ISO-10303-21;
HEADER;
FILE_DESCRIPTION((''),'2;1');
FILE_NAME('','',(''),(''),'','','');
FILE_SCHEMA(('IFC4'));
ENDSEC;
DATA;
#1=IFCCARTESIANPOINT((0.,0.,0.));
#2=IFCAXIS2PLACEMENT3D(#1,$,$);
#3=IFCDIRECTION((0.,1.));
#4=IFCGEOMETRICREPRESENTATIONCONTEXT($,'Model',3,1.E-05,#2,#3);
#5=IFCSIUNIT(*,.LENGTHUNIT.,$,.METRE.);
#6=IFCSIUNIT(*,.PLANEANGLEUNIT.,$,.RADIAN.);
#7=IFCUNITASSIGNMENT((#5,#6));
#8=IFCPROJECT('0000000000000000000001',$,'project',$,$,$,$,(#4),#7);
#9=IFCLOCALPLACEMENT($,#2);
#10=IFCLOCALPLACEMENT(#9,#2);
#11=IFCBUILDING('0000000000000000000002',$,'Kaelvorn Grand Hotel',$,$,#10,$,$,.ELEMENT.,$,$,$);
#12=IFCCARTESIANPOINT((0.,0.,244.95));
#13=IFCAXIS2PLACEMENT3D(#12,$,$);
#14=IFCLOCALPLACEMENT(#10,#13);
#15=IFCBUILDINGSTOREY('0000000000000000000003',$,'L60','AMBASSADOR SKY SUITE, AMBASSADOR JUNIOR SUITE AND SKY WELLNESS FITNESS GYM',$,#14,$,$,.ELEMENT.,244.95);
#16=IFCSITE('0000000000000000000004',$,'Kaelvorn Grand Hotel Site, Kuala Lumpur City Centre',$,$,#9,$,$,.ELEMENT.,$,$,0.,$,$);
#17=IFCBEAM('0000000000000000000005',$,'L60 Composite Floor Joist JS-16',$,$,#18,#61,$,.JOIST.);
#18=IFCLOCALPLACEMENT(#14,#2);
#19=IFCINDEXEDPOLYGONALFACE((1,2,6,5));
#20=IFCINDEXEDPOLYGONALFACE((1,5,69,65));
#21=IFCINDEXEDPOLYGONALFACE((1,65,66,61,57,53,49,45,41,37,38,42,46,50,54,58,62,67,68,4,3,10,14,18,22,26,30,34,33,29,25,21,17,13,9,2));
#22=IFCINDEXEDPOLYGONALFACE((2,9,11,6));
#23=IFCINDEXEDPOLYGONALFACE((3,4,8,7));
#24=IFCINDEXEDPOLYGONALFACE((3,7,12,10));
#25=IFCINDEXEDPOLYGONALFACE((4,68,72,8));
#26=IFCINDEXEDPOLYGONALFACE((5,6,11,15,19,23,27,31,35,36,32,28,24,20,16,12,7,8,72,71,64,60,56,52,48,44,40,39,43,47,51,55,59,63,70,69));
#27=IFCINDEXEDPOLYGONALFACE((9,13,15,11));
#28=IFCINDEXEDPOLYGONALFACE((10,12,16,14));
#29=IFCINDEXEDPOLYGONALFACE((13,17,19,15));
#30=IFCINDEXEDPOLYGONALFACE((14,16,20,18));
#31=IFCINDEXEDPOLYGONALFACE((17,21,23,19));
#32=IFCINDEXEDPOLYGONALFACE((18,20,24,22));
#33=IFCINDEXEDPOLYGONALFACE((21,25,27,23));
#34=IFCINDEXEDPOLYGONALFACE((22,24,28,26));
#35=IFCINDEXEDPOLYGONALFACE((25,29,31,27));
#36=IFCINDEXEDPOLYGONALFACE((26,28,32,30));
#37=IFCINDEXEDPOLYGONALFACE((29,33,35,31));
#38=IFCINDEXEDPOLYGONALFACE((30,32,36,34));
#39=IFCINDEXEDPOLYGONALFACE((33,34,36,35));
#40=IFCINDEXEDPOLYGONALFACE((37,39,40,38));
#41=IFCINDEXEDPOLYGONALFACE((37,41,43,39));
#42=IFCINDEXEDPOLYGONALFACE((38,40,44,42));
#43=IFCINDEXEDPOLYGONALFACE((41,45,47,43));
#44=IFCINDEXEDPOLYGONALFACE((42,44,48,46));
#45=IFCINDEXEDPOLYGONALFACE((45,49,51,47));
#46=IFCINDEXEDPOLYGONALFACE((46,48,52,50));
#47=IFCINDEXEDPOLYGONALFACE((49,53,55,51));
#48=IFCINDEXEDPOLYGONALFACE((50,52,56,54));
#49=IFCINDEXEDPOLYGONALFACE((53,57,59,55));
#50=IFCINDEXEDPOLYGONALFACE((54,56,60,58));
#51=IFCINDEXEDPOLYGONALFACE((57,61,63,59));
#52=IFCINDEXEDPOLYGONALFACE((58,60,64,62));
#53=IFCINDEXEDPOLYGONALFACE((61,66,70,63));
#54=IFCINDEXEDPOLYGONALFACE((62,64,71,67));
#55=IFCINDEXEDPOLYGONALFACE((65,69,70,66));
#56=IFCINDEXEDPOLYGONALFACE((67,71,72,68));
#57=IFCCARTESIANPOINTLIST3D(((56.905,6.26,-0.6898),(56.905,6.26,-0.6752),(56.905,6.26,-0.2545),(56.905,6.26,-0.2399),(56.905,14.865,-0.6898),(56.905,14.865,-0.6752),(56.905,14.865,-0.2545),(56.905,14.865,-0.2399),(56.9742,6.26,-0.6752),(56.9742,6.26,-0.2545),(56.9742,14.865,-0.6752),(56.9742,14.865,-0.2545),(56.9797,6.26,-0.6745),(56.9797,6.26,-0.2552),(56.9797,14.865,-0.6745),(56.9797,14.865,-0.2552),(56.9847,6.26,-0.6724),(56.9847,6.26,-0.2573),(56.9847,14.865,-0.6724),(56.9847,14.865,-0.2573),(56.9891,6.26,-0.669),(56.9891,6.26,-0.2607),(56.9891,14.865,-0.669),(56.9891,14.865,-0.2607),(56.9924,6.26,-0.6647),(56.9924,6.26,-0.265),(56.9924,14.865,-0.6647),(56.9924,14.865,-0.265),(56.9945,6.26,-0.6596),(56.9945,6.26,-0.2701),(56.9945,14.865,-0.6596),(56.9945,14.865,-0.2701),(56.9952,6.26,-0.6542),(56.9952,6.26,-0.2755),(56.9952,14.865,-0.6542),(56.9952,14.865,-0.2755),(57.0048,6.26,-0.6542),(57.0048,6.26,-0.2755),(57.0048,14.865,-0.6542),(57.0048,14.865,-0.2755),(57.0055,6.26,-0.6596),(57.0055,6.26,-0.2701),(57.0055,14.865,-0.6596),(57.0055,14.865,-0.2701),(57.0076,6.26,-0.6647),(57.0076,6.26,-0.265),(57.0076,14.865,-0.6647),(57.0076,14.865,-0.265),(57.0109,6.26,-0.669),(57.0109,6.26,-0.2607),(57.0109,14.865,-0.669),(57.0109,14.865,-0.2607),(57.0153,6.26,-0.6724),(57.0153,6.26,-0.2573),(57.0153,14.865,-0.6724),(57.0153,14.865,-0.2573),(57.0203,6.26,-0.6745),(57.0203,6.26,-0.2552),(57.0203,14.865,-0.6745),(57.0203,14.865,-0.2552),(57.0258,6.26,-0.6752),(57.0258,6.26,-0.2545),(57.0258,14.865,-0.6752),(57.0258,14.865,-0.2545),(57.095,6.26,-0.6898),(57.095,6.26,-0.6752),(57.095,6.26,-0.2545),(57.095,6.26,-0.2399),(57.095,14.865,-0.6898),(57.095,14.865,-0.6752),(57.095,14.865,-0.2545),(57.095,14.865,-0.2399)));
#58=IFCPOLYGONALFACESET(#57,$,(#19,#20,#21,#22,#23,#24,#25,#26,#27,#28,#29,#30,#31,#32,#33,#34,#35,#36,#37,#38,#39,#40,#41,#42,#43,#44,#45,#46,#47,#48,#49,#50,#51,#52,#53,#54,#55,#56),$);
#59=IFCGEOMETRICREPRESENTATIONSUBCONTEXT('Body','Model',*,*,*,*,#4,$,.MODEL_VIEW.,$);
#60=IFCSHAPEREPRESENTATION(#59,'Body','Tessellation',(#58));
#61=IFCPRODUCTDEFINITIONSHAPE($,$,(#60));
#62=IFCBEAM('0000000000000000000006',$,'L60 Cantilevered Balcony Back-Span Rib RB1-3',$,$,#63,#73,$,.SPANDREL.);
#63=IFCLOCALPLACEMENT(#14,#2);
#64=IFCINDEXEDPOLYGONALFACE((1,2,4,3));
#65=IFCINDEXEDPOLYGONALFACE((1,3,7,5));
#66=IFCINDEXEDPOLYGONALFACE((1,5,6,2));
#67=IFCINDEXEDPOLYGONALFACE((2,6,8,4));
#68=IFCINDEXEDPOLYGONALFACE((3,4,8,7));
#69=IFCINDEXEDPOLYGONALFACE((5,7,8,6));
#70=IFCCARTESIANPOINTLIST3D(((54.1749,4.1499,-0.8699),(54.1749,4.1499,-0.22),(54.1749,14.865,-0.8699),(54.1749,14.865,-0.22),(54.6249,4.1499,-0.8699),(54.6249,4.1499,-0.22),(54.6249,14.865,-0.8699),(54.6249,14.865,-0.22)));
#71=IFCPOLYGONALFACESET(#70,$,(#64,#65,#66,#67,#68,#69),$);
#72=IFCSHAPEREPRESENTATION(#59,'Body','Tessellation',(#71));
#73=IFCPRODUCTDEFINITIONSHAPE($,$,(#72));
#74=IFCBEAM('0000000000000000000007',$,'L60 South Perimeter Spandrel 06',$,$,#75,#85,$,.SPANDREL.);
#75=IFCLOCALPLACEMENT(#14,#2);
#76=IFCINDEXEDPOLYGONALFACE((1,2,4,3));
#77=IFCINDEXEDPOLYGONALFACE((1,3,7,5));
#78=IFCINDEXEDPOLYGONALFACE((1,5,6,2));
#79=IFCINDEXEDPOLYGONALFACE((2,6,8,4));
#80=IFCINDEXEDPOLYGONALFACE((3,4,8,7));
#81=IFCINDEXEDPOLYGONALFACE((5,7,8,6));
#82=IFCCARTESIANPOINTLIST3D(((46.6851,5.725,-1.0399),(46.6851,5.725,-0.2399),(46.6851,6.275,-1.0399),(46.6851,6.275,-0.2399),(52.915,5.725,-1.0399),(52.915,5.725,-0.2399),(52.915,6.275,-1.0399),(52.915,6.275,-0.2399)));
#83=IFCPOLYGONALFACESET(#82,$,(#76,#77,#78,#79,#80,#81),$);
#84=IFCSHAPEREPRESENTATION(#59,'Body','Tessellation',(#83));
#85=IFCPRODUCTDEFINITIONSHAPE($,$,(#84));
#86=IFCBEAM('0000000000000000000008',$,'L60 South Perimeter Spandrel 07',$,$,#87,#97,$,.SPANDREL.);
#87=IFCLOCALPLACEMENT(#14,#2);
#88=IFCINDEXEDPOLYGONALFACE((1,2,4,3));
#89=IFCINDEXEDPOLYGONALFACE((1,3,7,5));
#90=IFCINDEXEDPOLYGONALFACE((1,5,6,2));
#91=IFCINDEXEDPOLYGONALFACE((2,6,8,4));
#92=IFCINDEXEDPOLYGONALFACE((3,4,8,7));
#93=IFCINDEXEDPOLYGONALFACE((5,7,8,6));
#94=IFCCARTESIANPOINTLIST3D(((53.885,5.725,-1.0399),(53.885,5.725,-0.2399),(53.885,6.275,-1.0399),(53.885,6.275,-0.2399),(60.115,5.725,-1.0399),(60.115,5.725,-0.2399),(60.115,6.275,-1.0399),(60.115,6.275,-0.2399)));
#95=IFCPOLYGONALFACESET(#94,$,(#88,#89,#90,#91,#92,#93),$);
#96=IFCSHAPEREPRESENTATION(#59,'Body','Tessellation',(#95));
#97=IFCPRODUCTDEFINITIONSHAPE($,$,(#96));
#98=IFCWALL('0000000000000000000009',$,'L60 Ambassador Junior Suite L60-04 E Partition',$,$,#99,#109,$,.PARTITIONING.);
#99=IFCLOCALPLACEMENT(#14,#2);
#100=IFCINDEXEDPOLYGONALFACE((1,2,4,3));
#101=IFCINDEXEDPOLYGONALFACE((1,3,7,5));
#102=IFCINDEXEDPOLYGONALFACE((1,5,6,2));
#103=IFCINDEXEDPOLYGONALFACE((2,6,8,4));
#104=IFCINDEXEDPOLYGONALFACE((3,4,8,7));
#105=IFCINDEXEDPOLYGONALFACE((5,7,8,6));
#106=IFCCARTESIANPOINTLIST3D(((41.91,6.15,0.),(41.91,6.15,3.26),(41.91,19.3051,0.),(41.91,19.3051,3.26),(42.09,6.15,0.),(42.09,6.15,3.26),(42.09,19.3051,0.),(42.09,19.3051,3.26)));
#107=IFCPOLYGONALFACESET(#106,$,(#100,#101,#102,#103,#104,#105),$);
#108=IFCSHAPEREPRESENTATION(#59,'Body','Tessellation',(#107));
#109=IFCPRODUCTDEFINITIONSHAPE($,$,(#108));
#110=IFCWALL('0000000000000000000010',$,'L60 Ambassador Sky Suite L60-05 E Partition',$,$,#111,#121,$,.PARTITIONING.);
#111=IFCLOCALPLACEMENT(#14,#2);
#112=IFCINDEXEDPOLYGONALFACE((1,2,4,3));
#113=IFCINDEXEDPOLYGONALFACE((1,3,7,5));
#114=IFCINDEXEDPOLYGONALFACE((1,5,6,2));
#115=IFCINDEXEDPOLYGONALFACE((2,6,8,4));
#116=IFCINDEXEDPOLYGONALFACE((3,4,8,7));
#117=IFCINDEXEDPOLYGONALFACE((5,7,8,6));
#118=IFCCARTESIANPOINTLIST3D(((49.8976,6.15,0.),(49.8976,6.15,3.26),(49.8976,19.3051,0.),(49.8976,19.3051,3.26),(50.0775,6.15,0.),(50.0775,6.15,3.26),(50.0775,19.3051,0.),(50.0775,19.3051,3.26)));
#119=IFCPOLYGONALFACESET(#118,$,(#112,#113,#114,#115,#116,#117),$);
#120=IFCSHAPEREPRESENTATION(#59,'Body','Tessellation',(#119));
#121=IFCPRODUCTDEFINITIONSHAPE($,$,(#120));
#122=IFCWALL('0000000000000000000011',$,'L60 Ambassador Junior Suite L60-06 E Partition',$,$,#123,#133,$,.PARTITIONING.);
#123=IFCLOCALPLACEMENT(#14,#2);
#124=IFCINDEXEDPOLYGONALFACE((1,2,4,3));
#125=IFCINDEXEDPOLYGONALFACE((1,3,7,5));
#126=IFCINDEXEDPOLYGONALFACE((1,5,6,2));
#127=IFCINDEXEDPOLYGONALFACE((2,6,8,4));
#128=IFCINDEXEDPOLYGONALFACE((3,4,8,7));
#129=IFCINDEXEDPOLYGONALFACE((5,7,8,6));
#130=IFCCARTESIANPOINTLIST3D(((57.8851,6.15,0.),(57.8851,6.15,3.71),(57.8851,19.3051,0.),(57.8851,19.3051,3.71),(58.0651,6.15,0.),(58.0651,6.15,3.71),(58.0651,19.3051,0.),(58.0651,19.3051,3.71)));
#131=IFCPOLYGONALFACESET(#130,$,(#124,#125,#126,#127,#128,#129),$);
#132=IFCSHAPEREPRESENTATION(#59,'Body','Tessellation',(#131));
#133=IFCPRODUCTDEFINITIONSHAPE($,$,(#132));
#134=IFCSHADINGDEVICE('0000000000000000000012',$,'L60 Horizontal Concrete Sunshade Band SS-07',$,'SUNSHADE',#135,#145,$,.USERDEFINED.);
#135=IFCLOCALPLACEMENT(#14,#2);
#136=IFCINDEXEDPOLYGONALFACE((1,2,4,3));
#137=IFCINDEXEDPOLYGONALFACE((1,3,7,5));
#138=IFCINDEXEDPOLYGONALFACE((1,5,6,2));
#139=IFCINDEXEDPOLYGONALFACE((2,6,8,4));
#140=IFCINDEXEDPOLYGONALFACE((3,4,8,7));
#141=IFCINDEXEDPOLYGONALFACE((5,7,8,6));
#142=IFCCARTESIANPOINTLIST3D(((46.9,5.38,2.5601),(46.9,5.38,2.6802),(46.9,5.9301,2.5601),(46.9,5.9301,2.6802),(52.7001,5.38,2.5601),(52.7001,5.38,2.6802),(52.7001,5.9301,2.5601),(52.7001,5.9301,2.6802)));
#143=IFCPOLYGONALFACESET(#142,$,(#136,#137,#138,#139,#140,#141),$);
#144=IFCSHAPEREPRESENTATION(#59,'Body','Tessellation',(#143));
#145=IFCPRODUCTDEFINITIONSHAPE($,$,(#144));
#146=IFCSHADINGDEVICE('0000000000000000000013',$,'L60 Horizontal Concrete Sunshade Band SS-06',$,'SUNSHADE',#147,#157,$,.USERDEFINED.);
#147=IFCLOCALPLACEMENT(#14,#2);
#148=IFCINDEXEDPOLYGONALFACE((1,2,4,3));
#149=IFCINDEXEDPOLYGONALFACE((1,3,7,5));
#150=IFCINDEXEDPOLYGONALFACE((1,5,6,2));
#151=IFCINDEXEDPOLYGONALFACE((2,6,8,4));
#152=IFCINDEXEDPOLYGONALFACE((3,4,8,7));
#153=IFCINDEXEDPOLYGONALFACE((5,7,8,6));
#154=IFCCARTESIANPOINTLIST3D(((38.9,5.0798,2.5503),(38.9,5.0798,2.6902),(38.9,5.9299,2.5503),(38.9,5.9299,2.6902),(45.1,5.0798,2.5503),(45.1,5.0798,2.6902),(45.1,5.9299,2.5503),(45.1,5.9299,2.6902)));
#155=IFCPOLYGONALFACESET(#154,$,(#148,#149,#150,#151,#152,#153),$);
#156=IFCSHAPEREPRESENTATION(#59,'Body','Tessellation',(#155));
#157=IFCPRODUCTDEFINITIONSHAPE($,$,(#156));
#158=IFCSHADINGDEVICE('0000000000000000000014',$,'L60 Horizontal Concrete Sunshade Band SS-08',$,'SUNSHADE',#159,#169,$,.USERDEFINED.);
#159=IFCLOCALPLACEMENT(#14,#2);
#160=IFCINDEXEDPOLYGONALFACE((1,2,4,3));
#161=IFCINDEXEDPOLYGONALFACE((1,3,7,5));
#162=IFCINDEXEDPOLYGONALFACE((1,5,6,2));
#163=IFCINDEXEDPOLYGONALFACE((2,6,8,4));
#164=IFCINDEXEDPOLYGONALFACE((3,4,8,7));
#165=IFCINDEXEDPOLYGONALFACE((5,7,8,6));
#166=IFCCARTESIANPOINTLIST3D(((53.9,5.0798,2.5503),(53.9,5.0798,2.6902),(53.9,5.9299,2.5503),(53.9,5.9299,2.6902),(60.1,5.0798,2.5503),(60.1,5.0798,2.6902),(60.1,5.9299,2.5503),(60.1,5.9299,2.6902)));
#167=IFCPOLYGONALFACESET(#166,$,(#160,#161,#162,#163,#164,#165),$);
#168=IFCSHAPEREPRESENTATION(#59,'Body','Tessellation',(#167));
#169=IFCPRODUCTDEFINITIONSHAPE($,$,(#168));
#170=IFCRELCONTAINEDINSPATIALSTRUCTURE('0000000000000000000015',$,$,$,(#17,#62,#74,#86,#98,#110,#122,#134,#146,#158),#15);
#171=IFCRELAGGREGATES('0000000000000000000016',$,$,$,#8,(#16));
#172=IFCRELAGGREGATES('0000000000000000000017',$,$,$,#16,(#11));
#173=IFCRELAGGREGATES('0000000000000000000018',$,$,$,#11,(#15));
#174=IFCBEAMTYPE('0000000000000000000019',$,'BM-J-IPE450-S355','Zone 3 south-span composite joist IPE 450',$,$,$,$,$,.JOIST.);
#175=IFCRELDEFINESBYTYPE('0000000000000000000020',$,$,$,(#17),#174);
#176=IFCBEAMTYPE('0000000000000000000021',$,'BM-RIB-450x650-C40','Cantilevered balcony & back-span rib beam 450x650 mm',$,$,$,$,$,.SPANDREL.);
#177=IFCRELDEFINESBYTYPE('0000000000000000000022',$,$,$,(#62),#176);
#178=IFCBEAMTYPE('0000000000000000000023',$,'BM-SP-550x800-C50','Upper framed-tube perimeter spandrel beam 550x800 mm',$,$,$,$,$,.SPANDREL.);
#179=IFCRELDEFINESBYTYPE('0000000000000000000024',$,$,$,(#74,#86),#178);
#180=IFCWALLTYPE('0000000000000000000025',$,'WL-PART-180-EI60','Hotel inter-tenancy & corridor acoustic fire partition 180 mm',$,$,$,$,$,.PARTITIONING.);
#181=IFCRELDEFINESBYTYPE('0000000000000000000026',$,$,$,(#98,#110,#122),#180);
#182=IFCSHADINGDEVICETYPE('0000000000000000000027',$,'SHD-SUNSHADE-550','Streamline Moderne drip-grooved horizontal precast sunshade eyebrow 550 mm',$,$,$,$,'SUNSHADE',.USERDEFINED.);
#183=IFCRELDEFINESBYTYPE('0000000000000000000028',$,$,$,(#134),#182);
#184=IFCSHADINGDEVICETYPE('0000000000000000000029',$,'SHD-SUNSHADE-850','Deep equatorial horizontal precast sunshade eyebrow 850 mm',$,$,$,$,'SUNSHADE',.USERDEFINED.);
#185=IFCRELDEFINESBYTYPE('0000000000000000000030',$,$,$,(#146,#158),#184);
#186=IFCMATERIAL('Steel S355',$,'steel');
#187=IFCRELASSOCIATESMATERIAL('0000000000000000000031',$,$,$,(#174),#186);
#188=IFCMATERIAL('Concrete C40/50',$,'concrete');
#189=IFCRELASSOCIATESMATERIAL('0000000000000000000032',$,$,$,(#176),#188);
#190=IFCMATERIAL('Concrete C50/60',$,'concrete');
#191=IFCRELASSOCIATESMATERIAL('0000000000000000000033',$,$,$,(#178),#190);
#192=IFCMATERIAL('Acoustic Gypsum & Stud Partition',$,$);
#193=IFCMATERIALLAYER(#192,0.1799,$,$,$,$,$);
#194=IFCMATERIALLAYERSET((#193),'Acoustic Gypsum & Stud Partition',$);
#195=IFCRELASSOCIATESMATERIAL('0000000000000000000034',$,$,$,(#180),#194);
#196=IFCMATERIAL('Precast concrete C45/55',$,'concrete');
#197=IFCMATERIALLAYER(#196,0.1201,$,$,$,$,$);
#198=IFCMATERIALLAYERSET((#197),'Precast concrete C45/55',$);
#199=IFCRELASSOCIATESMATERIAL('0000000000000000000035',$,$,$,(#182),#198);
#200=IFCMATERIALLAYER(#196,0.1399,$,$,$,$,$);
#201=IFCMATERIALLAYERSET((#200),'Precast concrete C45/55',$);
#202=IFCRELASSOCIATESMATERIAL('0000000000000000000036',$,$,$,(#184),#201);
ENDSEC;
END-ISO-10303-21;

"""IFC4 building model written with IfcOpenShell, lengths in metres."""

from ifc_helpers import new_model, si_unit, direction, frame, frame_2d, origin, origin_2d, place, context, subcontext, project, spatial, rectangle, i_section, extrude, material, layer, layer_set, material_profile, profile_set, type_object, element, save


model = new_model("IFC4")

# Units and contexts
model_context = context("Model", 3, precision=1e-05, world=origin(), true_north=direction((0.0, 1.0)))
body_context = subcontext(model_context, "Body", "Model", "MODEL_VIEW")
ifc_project = project(units=[si_unit("LENGTHUNIT", "METRE"), si_unit("PLANEANGLEUNIT", "RADIAN")], contexts=[model_context])

# Site, building, storey
site_placement = place(None, origin())
site = spatial("IfcSite", under=ifc_project, at=site_placement, Name="Kaelvorn Grand Hotel Site, Kuala Lumpur City Centre", CompositionType="ELEMENT", RefElevation=0.0)
building_placement = place(site_placement, origin())
building = spatial("IfcBuilding", under=site, at=building_placement, Name="Kaelvorn Grand Hotel", CompositionType="ELEMENT")
storey_placement = place(building_placement, frame((0.0, 0.0, 244.95)))
storey = spatial("IfcBuildingStorey", under=building, at=storey_placement, Name="L60", Description="AMBASSADOR SKY SUITE, AMBASSADOR JUNIOR SUITE AND SKY WELLNESS FITNESS GYM", CompositionType="ELEMENT", Elevation=244.95)

# Shared definitions
ifc_material_1 = material(Name="Concrete C50/60", Category="concrete")

# Beams
ifc_material_2 = material(Name="Steel S355", Category="steel")
ifc_material_profile_1 = material_profile(ifc_material_2, i_section(OverallWidth=0.1899, OverallDepth=0.45, WebThickness=0.0095, FlangeThickness=0.0146, FilletRadius=0.021, at=origin_2d()), Name="IPE 450")
ifc_profile_set_1 = profile_set([ifc_material_profile_1], Name="Steel S355")
beam_type_1 = type_object("IfcBeamType", Name="BM-J-IPE450-S355", Description="Zone 3 south-span composite joist IPE 450", PredefinedType="JOIST", material=ifc_profile_set_1)
beam_1_placement = place(storey_placement, frame((57.0, 6.26, -0.4648), z_axis=(0.0, 1.0, 0.0), x_axis=(-1.0, 0.0, 0.0)))
element("IfcBeam", 1, at=beam_1_placement, inside=storey, type_object=beam_type_1, Name="L60 Composite Floor Joist JS-16", PredefinedType="JOIST", context=body_context, shape_type="SweptSolid", body=[
    extrude(i_section(OverallWidth=0.1899, OverallDepth=0.45, WebThickness=0.0095, FlangeThickness=0.0146, FilletRadius=0.021, at=origin_2d()), origin(), (0.0, 0.0, 1.0), 8.605),
])
ifc_material_3 = material(Name="Concrete C40/50", Category="concrete")
ifc_material_profile_2 = material_profile(ifc_material_3, rectangle(XDim=0.45, YDim=0.6499, at=origin_2d()), Name="RC RIB 450x650")
ifc_profile_set_2 = profile_set([ifc_material_profile_2], Name="Concrete C40/50")
beam_type_2 = type_object("IfcBeamType", Name="BM-RIB-450x650-C40", Description="Cantilevered balcony & back-span rib beam 450x650 mm", PredefinedType="SPANDREL", material=ifc_profile_set_2)
beam_2_placement = place(storey_placement, frame((54.3999, 4.1499, -0.5449), z_axis=(0.0, 1.0, 0.0), x_axis=(-1.0, 0.0, 0.0)))
element("IfcBeam", 2, at=beam_2_placement, inside=storey, type_object=beam_type_2, Name="L60 Cantilevered Balcony Back-Span Rib RB1-3", PredefinedType="SPANDREL", context=body_context, shape_type="SweptSolid", body=[
    extrude(rectangle(XDim=0.45, YDim=0.6499, at=origin_2d()), origin(), (0.0, 0.0, 1.0), 10.7151),
])
ifc_material_profile_3 = material_profile(ifc_material_1, rectangle(XDim=0.55, YDim=0.8, at=origin_2d()), Name="RC SPANDREL 550x800")
ifc_profile_set_3 = profile_set([ifc_material_profile_3], Name="Concrete C50/60")
beam_type_3 = type_object("IfcBeamType", Name="BM-SP-550x800-C50", Description="Upper framed-tube perimeter spandrel beam 550x800 mm", PredefinedType="SPANDREL", material=ifc_profile_set_3)
for number, where, z_axis, x_axis, name in (
    (3, (46.6851, 6.0, -0.6399), (1.0, 0.0, 0.0), (0.0, 1.0, 0.0), "L60 South Perimeter Spandrel 06"),
    (4, (53.885, 6.0, -0.6399), (1.0, 0.0, 0.0), (0.0, 1.0, 0.0), "L60 South Perimeter Spandrel 07"),
):
    element("IfcBeam", number, at=place(storey_placement, frame(where, z_axis=z_axis, x_axis=x_axis)), inside=storey, type_object=beam_type_3, Name=name, PredefinedType="SPANDREL", context=body_context, shape_type="SweptSolid", body=[
        extrude(rectangle(XDim=0.55, YDim=0.8, at=origin_2d()), origin(), (0.0, 0.0, 1.0), 6.23),
    ])

# Walls
ifc_material_4 = material(Name="Acoustic Gypsum & Stud Partition")
ifc_layer_1 = layer(ifc_material_4, 0.1799)
ifc_layer_set_1 = layer_set([ifc_layer_1], Name="Acoustic Gypsum & Stud Partition")
wall_type = type_object("IfcWallType", Name="WL-PART-180-EI60", Description="Hotel inter-tenancy & corridor acoustic fire partition 180 mm", PredefinedType="PARTITIONING", material=ifc_layer_set_1)
for number, where, z_axis, x_axis, name in (
    (5, (42.0, 6.1499, 0.0), (0.0, 0.0, 1.0), (0.0, 1.0, 0.0), "L60 Ambassador Junior Suite L60-04 E Partition"),
    (6, (49.9875, 6.1499, 0.0), (0.0, 0.0, 1.0), (0.0, 1.0, 0.0), "L60 Ambassador Sky Suite L60-05 E Partition"),
):
    element("IfcWall", number, at=place(storey_placement, frame(where, z_axis=z_axis, x_axis=x_axis)), inside=storey, type_object=wall_type, Name=name, PredefinedType="PARTITIONING", context=body_context, shape_type="SweptSolid", body=[
        extrude(rectangle(XDim=13.155, YDim=0.1799, at=frame_2d((6.5776, 0.0))), origin(), (0.0, 0.0, 1.0), 3.26),
    ])
wall_placement = place(storey_placement, frame((57.9751, 6.1499, 0.0), z_axis=(0.0, 0.0, 1.0), x_axis=(0.0, 1.0, 0.0)))
element("IfcWall", 7, at=wall_placement, inside=storey, type_object=wall_type, Name="L60 Ambassador Junior Suite L60-06 E Partition", PredefinedType="PARTITIONING", context=body_context, shape_type="SweptSolid", body=[
    extrude(rectangle(XDim=13.155, YDim=0.1799, at=frame_2d((6.5776, 0.0))), origin(), (0.0, 0.0, 1.0), 3.71),
])

# Shading devices
ifc_material_5 = material(Name="Precast concrete C45/55", Category="concrete")
ifc_layer_2 = layer(ifc_material_5, 0.1201)
ifc_layer_set_2 = layer_set([ifc_layer_2], Name="Precast concrete C45/55")
shading_device_type_1 = type_object("IfcShadingDeviceType", Name="SHD-SUNSHADE-550", Description="Streamline Moderne drip-grooved horizontal precast sunshade eyebrow 550 mm", ElementType="SUNSHADE", PredefinedType="USERDEFINED", material=ifc_layer_set_2)
shading_device_placement = place(storey_placement, frame((49.8, 5.655, 2.5601), z_axis=(0.0, 0.0, 1.0), x_axis=(1.0, 0.0, 0.0)))
element("IfcShadingDevice", 8, at=shading_device_placement, inside=storey, type_object=shading_device_type_1, Name="L60 Horizontal Concrete Sunshade Band SS-07", ObjectType="SUNSHADE", PredefinedType="USERDEFINED", context=body_context, shape_type="SweptSolid", body=[
    extrude(rectangle(XDim=5.8, YDim=0.55, at=origin_2d()), origin(), (0.0, 0.0, 1.0), 0.1201),
])
ifc_layer_3 = layer(ifc_material_5, 0.1399)
ifc_layer_set_3 = layer_set([ifc_layer_3], Name="Precast concrete C45/55")
shading_device_type_2 = type_object("IfcShadingDeviceType", Name="SHD-SUNSHADE-850", Description="Deep equatorial horizontal precast sunshade eyebrow 850 mm", ElementType="SUNSHADE", PredefinedType="USERDEFINED", material=ifc_layer_set_3)
for number, where, z_axis, x_axis, name in (
    (9, (42.0, 5.5049, 2.5503), (0.0, 0.0, 1.0), (1.0, 0.0, 0.0), "L60 Horizontal Concrete Sunshade Band SS-06"),
    (10, (57.0, 5.5049, 2.5503), (0.0, 0.0, 1.0), (1.0, 0.0, 0.0), "L60 Horizontal Concrete Sunshade Band SS-08"),
):
    element("IfcShadingDevice", number, at=place(storey_placement, frame(where, z_axis=z_axis, x_axis=x_axis)), inside=storey, type_object=shading_device_type_2, Name=name, ObjectType="SUNSHADE", PredefinedType="USERDEFINED", context=body_context, shape_type="SweptSolid", body=[
        extrude(rectangle(XDim=6.2, YDim=0.8501, at=origin_2d()), origin(), (0.0, 0.0, 1.0), 0.1399),
    ])

save(model, "model.ifc")
